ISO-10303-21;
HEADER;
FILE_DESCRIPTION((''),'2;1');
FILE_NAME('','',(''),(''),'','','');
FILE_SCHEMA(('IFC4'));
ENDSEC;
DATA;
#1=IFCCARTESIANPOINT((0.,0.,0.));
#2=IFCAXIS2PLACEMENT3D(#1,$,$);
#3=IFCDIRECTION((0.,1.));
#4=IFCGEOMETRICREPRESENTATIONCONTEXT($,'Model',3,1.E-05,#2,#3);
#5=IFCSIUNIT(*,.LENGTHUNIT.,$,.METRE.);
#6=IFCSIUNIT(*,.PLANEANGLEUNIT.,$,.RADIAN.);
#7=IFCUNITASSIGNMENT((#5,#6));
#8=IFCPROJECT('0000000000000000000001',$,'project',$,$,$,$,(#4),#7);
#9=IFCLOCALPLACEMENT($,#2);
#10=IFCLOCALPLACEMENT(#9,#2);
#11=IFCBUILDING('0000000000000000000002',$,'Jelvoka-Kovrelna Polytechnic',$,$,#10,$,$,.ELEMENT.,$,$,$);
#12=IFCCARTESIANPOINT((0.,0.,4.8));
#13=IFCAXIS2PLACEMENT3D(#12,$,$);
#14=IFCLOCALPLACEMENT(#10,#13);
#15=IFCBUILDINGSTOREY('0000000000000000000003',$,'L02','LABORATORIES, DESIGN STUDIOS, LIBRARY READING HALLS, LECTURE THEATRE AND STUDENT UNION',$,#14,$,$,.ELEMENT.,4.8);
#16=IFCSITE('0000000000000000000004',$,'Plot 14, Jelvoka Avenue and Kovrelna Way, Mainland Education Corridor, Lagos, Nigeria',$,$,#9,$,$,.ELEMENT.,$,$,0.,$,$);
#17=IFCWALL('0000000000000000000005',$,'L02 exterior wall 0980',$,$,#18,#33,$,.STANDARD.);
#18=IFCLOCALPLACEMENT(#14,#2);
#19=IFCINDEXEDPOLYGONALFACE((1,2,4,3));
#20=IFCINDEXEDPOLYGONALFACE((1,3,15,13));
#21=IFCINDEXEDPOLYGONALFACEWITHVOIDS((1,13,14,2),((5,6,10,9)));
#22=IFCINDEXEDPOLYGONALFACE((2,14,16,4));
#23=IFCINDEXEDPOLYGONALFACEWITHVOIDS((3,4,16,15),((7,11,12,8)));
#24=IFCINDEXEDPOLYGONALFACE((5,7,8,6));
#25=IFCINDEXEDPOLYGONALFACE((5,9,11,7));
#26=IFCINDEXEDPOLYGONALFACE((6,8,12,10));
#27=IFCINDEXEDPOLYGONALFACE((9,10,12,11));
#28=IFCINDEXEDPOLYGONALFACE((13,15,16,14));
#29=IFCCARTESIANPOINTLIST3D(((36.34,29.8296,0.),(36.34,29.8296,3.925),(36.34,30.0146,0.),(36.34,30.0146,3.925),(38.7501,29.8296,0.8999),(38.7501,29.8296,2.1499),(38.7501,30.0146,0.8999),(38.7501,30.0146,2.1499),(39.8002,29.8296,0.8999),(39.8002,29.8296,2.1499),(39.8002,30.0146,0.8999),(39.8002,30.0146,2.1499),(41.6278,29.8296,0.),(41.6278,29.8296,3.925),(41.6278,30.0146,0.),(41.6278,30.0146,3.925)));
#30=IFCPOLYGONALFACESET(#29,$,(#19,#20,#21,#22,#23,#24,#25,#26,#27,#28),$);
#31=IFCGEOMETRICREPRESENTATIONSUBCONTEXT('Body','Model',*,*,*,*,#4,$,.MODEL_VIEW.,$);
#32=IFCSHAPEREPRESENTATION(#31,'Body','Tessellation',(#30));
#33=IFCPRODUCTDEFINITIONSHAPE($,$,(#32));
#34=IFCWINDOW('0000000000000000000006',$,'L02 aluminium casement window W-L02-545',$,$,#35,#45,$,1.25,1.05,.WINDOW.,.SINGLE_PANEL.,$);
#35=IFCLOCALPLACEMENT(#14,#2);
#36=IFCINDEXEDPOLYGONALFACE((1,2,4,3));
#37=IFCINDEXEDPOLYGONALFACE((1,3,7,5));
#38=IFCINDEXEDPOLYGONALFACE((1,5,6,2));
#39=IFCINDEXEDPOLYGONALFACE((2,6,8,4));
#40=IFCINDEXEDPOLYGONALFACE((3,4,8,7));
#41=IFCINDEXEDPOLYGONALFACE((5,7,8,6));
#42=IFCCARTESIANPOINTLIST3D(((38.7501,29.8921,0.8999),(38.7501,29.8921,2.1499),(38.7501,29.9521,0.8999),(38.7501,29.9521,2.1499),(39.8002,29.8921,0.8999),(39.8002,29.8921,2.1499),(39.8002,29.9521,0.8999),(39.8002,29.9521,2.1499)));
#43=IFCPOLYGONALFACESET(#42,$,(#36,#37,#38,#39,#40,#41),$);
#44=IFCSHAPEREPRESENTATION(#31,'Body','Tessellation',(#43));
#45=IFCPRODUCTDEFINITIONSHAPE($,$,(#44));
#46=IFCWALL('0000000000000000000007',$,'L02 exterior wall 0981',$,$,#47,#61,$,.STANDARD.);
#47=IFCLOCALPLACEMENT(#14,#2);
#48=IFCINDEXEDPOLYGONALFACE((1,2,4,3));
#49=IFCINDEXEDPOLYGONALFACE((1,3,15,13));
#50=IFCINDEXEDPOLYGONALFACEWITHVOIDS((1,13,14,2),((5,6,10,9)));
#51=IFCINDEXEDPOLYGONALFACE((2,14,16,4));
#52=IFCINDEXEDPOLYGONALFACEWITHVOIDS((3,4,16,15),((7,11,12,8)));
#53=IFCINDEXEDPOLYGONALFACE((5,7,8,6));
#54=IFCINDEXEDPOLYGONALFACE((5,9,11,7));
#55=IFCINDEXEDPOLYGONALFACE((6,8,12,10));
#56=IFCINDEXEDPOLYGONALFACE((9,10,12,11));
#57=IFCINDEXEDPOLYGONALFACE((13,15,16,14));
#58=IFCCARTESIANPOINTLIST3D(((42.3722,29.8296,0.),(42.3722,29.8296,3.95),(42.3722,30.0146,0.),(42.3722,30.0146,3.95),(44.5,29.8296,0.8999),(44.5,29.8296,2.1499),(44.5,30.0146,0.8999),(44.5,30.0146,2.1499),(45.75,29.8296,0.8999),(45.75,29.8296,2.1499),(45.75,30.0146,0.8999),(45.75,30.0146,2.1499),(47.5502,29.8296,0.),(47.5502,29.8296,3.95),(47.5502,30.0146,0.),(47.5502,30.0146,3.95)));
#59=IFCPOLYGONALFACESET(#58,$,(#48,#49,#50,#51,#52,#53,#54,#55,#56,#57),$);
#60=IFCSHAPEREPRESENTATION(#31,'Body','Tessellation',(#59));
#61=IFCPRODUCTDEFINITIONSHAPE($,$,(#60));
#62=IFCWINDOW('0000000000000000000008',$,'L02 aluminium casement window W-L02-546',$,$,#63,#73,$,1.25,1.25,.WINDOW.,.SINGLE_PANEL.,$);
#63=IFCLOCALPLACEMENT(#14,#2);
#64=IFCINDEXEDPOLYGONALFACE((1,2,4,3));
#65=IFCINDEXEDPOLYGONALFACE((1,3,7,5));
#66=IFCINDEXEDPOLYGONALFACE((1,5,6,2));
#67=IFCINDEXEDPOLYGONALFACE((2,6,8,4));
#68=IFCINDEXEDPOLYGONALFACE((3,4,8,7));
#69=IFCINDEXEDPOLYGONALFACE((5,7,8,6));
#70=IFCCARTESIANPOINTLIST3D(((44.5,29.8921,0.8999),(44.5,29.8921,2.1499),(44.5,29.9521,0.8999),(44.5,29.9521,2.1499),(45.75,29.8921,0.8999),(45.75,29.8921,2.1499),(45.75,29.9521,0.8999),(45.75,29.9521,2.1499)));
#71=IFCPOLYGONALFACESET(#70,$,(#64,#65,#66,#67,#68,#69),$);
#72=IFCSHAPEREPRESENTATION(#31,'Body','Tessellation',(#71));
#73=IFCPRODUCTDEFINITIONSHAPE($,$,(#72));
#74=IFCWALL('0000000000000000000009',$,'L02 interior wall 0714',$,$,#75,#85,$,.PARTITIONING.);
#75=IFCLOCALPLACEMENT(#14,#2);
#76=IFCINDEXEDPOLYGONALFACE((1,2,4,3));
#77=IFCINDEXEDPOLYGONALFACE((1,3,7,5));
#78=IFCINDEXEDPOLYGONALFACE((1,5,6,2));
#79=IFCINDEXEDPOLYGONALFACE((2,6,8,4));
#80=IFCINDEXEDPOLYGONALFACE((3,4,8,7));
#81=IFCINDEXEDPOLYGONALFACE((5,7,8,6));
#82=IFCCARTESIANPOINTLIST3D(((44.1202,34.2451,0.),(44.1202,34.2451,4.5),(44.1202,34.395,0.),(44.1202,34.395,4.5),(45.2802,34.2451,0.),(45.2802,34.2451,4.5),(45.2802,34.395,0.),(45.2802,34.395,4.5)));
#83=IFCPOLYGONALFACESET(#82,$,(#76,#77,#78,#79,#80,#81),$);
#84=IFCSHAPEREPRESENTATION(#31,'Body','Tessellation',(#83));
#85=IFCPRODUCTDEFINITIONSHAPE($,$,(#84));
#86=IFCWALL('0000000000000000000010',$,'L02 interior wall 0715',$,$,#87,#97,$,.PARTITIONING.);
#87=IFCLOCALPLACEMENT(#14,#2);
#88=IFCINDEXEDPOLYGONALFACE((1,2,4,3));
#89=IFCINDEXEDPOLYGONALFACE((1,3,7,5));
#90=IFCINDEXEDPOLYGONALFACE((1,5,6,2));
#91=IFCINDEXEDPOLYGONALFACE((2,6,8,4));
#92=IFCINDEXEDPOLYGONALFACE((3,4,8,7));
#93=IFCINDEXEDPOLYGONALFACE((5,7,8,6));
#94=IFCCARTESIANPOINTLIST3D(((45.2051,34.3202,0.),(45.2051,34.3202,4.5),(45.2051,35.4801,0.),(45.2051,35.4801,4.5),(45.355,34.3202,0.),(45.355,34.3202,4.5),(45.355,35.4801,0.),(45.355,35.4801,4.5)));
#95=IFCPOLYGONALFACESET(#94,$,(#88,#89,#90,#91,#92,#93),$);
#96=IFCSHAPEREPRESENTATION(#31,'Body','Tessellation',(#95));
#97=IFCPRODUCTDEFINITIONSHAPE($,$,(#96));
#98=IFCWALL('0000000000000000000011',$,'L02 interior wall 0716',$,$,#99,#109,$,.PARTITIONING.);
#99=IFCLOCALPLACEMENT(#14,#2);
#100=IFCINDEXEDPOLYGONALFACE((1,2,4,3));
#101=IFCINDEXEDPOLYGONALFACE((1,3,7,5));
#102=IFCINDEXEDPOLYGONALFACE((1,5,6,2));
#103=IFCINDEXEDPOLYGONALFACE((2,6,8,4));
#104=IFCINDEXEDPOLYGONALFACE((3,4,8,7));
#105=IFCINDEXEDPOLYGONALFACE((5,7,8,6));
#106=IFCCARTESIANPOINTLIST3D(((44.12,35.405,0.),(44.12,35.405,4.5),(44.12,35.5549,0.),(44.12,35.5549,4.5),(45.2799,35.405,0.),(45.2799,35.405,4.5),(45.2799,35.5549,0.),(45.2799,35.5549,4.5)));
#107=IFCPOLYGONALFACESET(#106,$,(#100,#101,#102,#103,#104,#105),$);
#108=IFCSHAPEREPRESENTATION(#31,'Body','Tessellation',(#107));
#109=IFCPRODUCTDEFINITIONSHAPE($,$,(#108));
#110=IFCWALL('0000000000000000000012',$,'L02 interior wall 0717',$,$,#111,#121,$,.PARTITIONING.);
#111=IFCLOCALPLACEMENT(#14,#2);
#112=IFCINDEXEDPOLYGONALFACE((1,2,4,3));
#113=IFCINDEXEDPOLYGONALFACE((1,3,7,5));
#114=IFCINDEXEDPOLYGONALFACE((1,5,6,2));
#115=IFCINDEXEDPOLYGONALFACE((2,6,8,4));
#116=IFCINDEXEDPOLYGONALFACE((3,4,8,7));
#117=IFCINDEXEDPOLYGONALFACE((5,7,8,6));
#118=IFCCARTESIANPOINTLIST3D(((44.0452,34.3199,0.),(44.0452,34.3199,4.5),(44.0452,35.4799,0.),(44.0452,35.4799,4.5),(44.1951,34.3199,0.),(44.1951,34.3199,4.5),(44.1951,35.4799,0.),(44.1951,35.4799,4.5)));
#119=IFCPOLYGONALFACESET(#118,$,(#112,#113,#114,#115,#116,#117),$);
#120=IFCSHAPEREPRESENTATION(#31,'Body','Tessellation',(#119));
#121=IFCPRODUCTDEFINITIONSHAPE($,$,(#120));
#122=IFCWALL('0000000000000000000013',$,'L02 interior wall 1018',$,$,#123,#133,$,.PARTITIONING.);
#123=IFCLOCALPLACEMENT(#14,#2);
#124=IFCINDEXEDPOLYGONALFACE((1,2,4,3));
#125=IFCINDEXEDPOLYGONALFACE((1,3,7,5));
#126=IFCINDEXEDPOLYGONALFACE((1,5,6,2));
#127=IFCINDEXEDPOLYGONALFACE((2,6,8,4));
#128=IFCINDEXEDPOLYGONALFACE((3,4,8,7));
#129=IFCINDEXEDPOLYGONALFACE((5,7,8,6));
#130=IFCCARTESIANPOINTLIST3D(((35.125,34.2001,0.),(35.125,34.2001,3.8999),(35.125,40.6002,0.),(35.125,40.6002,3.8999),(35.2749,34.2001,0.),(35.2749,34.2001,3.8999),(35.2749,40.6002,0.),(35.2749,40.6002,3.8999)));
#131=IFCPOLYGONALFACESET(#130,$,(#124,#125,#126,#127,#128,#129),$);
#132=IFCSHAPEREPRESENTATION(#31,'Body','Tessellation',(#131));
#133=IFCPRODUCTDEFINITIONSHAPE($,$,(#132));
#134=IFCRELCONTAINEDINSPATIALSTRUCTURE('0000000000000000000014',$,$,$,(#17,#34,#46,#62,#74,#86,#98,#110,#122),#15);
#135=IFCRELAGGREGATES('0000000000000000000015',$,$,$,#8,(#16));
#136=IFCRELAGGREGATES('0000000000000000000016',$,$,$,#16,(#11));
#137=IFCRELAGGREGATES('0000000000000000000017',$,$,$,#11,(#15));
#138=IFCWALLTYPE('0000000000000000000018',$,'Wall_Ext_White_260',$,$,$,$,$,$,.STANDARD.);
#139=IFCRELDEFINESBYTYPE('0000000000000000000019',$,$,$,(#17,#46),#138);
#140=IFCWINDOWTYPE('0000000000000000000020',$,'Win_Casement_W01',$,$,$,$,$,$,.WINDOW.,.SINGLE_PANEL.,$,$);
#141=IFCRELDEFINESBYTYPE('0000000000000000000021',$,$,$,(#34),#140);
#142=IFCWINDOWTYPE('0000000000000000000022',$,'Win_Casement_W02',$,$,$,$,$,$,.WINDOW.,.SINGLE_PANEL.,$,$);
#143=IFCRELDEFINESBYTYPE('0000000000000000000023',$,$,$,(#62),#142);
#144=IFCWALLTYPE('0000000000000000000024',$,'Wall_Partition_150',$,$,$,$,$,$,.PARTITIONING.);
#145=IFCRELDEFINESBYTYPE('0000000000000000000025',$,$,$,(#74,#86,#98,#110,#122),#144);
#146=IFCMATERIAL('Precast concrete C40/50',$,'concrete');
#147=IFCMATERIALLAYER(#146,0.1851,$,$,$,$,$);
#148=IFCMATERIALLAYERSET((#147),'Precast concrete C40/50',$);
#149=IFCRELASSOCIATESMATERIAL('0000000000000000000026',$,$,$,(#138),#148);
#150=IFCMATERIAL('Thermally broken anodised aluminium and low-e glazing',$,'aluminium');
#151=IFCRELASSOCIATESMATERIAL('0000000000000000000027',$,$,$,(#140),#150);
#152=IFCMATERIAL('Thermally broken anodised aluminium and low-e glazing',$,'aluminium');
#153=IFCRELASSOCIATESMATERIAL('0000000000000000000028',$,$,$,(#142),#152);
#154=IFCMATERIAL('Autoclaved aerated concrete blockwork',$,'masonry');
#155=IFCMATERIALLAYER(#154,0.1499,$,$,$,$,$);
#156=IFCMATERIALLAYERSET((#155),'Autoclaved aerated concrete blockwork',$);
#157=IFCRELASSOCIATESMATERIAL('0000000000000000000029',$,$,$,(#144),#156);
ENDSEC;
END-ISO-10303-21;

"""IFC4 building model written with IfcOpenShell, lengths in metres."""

from ifc_helpers import new_model, si_unit, direction, frame, frame_2d, origin, place, context, subcontext, project, spatial, rectangle, extrude, material, layer, layer_set, type_object, element, fill, save


model = new_model("IFC4")

# Units and contexts
model_context = context("Model", 3, precision=1e-05, world=origin(), true_north=direction((0.0, 1.0)))
body_context = subcontext(model_context, "Body", "Model", "MODEL_VIEW")
ifc_project = project(units=[si_unit("LENGTHUNIT", "METRE"), si_unit("PLANEANGLEUNIT", "RADIAN")], contexts=[model_context])

# Site, building, storey
site_placement = place(None, origin())
site = spatial("IfcSite", under=ifc_project, at=site_placement, Name="Plot 14, Jelvoka Avenue and Kovrelna Way, Mainland Education Corridor, Lagos, Nigeria", CompositionType="ELEMENT", RefElevation=0.0)
building_placement = place(site_placement, origin())
building = spatial("IfcBuilding", under=site, at=building_placement, Name="Jelvoka-Kovrelna Polytechnic", CompositionType="ELEMENT")
storey_placement = place(building_placement, frame((0.0, 0.0, 4.8)))
storey = spatial("IfcBuildingStorey", under=building, at=storey_placement, Name="L02", Description="LABORATORIES, DESIGN STUDIOS, LIBRARY READING HALLS, LECTURE THEATRE AND STUDENT UNION", CompositionType="ELEMENT", Elevation=4.8)

# Shared definitions
ifc_material_1 = material(Name="Precast concrete C40/50", Category="concrete")
ifc_layer_1 = layer(ifc_material_1, 0.1851)
ifc_layer_set_1 = layer_set([ifc_layer_1], Name="Precast concrete C40/50")
wall_type_1 = type_object("IfcWallType", Name="Wall_Ext_White_260", PredefinedType="STANDARD", material=ifc_layer_set_1)

# Walls, openings, windows
wall_1_placement = place(storey_placement, frame((41.6279, 29.9221, 0.0), z_axis=(0.0, 0.0, 1.0), x_axis=(-1.0, 0.0, 0.0)))
wall_1 = element("IfcWall", 1, at=wall_1_placement, inside=storey, type_object=wall_type_1, Name="L02 exterior wall 0980", PredefinedType="STANDARD", context=body_context, shape_type="SweptSolid", body=[
    extrude(rectangle(XDim=5.2878, YDim=0.1851, at=frame_2d((2.644, 0.0))), origin(), (0.0, 0.0, 1.0), 3.925),
])
opening_1_placement = place(wall_1_placement, frame((1.8279, 0.0, 0.8999)))
opening_1 = element("IfcOpeningElement", 2, at=opening_1_placement, cuts=wall_1, PredefinedType="OPENING", context=body_context, shape_type="SweptSolid", body=[
    extrude(rectangle(XDim=1.05, YDim=1.25, at=frame_2d((0.5249, 0.625))), frame((0.0, 0.1025, 0.0), z_axis=(0.0, -1.0, 0.0), x_axis=(1.0, 0.0, 0.0)), (0.0, 0.0, 1.0), 0.2051),
])
ifc_material_2 = material(Name="Thermally broken anodised aluminium and low-e glazing", Category="aluminium")
window_type_1 = type_object("IfcWindowType", Name="Win_Casement_W01", PartitioningType="SINGLE_PANEL", PredefinedType="WINDOW", material=ifc_material_2)
window_1_placement = place(opening_1_placement, origin())
window_1 = element("IfcWindow", 3, at=window_1_placement, inside=storey, type_object=window_type_1, Name="L02 aluminium casement window W-L02-545", OverallHeight=1.25, OverallWidth=1.05, PartitioningType="SINGLE_PANEL", PredefinedType="WINDOW", context=body_context, shape_type="SweptSolid", body=[
    extrude(rectangle(XDim=1.05, YDim=1.25, at=frame_2d((0.5249, 0.625))), frame((0.0, 0.03, 0.0), z_axis=(0.0, -1.0, 0.0), x_axis=(1.0, 0.0, 0.0)), (0.0, 0.0, 1.0), 0.0601),
])
fill(opening_1, window_1)
wall_2_placement = place(storey_placement, frame((47.55, 29.9221, 0.0), z_axis=(0.0, 0.0, 1.0), x_axis=(-1.0, 0.0, 0.0)))
wall_2 = element("IfcWall", 4, at=wall_2_placement, inside=storey, type_object=wall_type_1, Name="L02 exterior wall 0981", PredefinedType="STANDARD", context=body_context, shape_type="SweptSolid", body=[
    extrude(rectangle(XDim=5.178, YDim=0.1851, at=frame_2d((2.5889, 0.0))), origin(), (0.0, 0.0, 1.0), 3.95),
])
opening_2_placement = place(wall_2_placement, frame((1.8, 0.0, 0.8999)))
opening_2 = element("IfcOpeningElement", 5, at=opening_2_placement, cuts=wall_2, PredefinedType="OPENING", context=body_context, shape_type="SweptSolid", body=[
    extrude(rectangle(XDim=1.25, YDim=1.25, at=frame_2d((0.625, 0.625))), frame((0.0, 0.1025, 0.0), z_axis=(0.0, -1.0, 0.0), x_axis=(1.0, 0.0, 0.0)), (0.0, 0.0, 1.0), 0.2051),
])
ifc_material_3 = material(Name="Thermally broken anodised aluminium and low-e glazing", Category="aluminium")
window_type_2 = type_object("IfcWindowType", Name="Win_Casement_W02", PartitioningType="SINGLE_PANEL", PredefinedType="WINDOW", material=ifc_material_3)
window_2_placement = place(opening_2_placement, origin())
window_2 = element("IfcWindow", 6, at=window_2_placement, inside=storey, type_object=window_type_2, Name="L02 aluminium casement window W-L02-546", OverallHeight=1.25, OverallWidth=1.25, PartitioningType="SINGLE_PANEL", PredefinedType="WINDOW", context=body_context, shape_type="SweptSolid", body=[
    extrude(rectangle(XDim=1.25, YDim=1.25, at=frame_2d((0.625, 0.625))), frame((0.0, 0.03, 0.0), z_axis=(0.0, -1.0, 0.0), x_axis=(1.0, 0.0, 0.0)), (0.0, 0.0, 1.0), 0.0601),
])
fill(opening_2, window_2)

# Walls
ifc_material_4 = material(Name="Autoclaved aerated concrete blockwork", Category="masonry")
ifc_layer_2 = layer(ifc_material_4, 0.1499)
ifc_layer_set_2 = layer_set([ifc_layer_2], Name="Autoclaved aerated concrete blockwork")
wall_type_2 = type_object("IfcWallType", Name="Wall_Partition_150", PredefinedType="PARTITIONING", material=ifc_layer_set_2)
for number, where, z_axis, x_axis, name in (
    (7, (44.1201, 34.3201, 0.0), (0.0, 0.0, 1.0), (1.0, 0.0, 0.0), "L02 interior wall 0714"),
    (8, (45.28, 34.3201, 0.0), (0.0, 0.0, 1.0), (0.0, 1.0, 0.0), "L02 interior wall 0715"),
    (9, (45.28, 35.48, 0.0), (0.0, 0.0, 1.0), (-1.0, 0.0, 0.0), "L02 interior wall 0716"),
    (10, (44.1201, 35.48, 0.0), (0.0, 0.0, 1.0), (0.0, -1.0, 0.0), "L02 interior wall 0717"),
):
    element("IfcWall", number, at=place(storey_placement, frame(where, z_axis=z_axis, x_axis=x_axis)), inside=storey, type_object=wall_type_2, Name=name, PredefinedType="PARTITIONING", context=body_context, shape_type="SweptSolid", body=[
        extrude(rectangle(XDim=1.1599, YDim=0.1499, at=frame_2d((0.5801, 0.0))), origin(), (0.0, 0.0, 1.0), 4.5),
    ])
wall_3_placement = place(storey_placement, frame((35.2, 34.2, 0.0), z_axis=(0.0, 0.0, 1.0), x_axis=(0.0, 1.0, 0.0)))
element("IfcWall", 11, at=wall_3_placement, inside=storey, type_object=wall_type_2, Name="L02 interior wall 1018", PredefinedType="PARTITIONING", context=body_context, shape_type="SweptSolid", body=[
    extrude(rectangle(XDim=6.4001, YDim=0.1499, at=frame_2d((3.2002, 0.0))), origin(), (0.0, 0.0, 1.0), 3.8999),
])

save(model, "model.ifc")
